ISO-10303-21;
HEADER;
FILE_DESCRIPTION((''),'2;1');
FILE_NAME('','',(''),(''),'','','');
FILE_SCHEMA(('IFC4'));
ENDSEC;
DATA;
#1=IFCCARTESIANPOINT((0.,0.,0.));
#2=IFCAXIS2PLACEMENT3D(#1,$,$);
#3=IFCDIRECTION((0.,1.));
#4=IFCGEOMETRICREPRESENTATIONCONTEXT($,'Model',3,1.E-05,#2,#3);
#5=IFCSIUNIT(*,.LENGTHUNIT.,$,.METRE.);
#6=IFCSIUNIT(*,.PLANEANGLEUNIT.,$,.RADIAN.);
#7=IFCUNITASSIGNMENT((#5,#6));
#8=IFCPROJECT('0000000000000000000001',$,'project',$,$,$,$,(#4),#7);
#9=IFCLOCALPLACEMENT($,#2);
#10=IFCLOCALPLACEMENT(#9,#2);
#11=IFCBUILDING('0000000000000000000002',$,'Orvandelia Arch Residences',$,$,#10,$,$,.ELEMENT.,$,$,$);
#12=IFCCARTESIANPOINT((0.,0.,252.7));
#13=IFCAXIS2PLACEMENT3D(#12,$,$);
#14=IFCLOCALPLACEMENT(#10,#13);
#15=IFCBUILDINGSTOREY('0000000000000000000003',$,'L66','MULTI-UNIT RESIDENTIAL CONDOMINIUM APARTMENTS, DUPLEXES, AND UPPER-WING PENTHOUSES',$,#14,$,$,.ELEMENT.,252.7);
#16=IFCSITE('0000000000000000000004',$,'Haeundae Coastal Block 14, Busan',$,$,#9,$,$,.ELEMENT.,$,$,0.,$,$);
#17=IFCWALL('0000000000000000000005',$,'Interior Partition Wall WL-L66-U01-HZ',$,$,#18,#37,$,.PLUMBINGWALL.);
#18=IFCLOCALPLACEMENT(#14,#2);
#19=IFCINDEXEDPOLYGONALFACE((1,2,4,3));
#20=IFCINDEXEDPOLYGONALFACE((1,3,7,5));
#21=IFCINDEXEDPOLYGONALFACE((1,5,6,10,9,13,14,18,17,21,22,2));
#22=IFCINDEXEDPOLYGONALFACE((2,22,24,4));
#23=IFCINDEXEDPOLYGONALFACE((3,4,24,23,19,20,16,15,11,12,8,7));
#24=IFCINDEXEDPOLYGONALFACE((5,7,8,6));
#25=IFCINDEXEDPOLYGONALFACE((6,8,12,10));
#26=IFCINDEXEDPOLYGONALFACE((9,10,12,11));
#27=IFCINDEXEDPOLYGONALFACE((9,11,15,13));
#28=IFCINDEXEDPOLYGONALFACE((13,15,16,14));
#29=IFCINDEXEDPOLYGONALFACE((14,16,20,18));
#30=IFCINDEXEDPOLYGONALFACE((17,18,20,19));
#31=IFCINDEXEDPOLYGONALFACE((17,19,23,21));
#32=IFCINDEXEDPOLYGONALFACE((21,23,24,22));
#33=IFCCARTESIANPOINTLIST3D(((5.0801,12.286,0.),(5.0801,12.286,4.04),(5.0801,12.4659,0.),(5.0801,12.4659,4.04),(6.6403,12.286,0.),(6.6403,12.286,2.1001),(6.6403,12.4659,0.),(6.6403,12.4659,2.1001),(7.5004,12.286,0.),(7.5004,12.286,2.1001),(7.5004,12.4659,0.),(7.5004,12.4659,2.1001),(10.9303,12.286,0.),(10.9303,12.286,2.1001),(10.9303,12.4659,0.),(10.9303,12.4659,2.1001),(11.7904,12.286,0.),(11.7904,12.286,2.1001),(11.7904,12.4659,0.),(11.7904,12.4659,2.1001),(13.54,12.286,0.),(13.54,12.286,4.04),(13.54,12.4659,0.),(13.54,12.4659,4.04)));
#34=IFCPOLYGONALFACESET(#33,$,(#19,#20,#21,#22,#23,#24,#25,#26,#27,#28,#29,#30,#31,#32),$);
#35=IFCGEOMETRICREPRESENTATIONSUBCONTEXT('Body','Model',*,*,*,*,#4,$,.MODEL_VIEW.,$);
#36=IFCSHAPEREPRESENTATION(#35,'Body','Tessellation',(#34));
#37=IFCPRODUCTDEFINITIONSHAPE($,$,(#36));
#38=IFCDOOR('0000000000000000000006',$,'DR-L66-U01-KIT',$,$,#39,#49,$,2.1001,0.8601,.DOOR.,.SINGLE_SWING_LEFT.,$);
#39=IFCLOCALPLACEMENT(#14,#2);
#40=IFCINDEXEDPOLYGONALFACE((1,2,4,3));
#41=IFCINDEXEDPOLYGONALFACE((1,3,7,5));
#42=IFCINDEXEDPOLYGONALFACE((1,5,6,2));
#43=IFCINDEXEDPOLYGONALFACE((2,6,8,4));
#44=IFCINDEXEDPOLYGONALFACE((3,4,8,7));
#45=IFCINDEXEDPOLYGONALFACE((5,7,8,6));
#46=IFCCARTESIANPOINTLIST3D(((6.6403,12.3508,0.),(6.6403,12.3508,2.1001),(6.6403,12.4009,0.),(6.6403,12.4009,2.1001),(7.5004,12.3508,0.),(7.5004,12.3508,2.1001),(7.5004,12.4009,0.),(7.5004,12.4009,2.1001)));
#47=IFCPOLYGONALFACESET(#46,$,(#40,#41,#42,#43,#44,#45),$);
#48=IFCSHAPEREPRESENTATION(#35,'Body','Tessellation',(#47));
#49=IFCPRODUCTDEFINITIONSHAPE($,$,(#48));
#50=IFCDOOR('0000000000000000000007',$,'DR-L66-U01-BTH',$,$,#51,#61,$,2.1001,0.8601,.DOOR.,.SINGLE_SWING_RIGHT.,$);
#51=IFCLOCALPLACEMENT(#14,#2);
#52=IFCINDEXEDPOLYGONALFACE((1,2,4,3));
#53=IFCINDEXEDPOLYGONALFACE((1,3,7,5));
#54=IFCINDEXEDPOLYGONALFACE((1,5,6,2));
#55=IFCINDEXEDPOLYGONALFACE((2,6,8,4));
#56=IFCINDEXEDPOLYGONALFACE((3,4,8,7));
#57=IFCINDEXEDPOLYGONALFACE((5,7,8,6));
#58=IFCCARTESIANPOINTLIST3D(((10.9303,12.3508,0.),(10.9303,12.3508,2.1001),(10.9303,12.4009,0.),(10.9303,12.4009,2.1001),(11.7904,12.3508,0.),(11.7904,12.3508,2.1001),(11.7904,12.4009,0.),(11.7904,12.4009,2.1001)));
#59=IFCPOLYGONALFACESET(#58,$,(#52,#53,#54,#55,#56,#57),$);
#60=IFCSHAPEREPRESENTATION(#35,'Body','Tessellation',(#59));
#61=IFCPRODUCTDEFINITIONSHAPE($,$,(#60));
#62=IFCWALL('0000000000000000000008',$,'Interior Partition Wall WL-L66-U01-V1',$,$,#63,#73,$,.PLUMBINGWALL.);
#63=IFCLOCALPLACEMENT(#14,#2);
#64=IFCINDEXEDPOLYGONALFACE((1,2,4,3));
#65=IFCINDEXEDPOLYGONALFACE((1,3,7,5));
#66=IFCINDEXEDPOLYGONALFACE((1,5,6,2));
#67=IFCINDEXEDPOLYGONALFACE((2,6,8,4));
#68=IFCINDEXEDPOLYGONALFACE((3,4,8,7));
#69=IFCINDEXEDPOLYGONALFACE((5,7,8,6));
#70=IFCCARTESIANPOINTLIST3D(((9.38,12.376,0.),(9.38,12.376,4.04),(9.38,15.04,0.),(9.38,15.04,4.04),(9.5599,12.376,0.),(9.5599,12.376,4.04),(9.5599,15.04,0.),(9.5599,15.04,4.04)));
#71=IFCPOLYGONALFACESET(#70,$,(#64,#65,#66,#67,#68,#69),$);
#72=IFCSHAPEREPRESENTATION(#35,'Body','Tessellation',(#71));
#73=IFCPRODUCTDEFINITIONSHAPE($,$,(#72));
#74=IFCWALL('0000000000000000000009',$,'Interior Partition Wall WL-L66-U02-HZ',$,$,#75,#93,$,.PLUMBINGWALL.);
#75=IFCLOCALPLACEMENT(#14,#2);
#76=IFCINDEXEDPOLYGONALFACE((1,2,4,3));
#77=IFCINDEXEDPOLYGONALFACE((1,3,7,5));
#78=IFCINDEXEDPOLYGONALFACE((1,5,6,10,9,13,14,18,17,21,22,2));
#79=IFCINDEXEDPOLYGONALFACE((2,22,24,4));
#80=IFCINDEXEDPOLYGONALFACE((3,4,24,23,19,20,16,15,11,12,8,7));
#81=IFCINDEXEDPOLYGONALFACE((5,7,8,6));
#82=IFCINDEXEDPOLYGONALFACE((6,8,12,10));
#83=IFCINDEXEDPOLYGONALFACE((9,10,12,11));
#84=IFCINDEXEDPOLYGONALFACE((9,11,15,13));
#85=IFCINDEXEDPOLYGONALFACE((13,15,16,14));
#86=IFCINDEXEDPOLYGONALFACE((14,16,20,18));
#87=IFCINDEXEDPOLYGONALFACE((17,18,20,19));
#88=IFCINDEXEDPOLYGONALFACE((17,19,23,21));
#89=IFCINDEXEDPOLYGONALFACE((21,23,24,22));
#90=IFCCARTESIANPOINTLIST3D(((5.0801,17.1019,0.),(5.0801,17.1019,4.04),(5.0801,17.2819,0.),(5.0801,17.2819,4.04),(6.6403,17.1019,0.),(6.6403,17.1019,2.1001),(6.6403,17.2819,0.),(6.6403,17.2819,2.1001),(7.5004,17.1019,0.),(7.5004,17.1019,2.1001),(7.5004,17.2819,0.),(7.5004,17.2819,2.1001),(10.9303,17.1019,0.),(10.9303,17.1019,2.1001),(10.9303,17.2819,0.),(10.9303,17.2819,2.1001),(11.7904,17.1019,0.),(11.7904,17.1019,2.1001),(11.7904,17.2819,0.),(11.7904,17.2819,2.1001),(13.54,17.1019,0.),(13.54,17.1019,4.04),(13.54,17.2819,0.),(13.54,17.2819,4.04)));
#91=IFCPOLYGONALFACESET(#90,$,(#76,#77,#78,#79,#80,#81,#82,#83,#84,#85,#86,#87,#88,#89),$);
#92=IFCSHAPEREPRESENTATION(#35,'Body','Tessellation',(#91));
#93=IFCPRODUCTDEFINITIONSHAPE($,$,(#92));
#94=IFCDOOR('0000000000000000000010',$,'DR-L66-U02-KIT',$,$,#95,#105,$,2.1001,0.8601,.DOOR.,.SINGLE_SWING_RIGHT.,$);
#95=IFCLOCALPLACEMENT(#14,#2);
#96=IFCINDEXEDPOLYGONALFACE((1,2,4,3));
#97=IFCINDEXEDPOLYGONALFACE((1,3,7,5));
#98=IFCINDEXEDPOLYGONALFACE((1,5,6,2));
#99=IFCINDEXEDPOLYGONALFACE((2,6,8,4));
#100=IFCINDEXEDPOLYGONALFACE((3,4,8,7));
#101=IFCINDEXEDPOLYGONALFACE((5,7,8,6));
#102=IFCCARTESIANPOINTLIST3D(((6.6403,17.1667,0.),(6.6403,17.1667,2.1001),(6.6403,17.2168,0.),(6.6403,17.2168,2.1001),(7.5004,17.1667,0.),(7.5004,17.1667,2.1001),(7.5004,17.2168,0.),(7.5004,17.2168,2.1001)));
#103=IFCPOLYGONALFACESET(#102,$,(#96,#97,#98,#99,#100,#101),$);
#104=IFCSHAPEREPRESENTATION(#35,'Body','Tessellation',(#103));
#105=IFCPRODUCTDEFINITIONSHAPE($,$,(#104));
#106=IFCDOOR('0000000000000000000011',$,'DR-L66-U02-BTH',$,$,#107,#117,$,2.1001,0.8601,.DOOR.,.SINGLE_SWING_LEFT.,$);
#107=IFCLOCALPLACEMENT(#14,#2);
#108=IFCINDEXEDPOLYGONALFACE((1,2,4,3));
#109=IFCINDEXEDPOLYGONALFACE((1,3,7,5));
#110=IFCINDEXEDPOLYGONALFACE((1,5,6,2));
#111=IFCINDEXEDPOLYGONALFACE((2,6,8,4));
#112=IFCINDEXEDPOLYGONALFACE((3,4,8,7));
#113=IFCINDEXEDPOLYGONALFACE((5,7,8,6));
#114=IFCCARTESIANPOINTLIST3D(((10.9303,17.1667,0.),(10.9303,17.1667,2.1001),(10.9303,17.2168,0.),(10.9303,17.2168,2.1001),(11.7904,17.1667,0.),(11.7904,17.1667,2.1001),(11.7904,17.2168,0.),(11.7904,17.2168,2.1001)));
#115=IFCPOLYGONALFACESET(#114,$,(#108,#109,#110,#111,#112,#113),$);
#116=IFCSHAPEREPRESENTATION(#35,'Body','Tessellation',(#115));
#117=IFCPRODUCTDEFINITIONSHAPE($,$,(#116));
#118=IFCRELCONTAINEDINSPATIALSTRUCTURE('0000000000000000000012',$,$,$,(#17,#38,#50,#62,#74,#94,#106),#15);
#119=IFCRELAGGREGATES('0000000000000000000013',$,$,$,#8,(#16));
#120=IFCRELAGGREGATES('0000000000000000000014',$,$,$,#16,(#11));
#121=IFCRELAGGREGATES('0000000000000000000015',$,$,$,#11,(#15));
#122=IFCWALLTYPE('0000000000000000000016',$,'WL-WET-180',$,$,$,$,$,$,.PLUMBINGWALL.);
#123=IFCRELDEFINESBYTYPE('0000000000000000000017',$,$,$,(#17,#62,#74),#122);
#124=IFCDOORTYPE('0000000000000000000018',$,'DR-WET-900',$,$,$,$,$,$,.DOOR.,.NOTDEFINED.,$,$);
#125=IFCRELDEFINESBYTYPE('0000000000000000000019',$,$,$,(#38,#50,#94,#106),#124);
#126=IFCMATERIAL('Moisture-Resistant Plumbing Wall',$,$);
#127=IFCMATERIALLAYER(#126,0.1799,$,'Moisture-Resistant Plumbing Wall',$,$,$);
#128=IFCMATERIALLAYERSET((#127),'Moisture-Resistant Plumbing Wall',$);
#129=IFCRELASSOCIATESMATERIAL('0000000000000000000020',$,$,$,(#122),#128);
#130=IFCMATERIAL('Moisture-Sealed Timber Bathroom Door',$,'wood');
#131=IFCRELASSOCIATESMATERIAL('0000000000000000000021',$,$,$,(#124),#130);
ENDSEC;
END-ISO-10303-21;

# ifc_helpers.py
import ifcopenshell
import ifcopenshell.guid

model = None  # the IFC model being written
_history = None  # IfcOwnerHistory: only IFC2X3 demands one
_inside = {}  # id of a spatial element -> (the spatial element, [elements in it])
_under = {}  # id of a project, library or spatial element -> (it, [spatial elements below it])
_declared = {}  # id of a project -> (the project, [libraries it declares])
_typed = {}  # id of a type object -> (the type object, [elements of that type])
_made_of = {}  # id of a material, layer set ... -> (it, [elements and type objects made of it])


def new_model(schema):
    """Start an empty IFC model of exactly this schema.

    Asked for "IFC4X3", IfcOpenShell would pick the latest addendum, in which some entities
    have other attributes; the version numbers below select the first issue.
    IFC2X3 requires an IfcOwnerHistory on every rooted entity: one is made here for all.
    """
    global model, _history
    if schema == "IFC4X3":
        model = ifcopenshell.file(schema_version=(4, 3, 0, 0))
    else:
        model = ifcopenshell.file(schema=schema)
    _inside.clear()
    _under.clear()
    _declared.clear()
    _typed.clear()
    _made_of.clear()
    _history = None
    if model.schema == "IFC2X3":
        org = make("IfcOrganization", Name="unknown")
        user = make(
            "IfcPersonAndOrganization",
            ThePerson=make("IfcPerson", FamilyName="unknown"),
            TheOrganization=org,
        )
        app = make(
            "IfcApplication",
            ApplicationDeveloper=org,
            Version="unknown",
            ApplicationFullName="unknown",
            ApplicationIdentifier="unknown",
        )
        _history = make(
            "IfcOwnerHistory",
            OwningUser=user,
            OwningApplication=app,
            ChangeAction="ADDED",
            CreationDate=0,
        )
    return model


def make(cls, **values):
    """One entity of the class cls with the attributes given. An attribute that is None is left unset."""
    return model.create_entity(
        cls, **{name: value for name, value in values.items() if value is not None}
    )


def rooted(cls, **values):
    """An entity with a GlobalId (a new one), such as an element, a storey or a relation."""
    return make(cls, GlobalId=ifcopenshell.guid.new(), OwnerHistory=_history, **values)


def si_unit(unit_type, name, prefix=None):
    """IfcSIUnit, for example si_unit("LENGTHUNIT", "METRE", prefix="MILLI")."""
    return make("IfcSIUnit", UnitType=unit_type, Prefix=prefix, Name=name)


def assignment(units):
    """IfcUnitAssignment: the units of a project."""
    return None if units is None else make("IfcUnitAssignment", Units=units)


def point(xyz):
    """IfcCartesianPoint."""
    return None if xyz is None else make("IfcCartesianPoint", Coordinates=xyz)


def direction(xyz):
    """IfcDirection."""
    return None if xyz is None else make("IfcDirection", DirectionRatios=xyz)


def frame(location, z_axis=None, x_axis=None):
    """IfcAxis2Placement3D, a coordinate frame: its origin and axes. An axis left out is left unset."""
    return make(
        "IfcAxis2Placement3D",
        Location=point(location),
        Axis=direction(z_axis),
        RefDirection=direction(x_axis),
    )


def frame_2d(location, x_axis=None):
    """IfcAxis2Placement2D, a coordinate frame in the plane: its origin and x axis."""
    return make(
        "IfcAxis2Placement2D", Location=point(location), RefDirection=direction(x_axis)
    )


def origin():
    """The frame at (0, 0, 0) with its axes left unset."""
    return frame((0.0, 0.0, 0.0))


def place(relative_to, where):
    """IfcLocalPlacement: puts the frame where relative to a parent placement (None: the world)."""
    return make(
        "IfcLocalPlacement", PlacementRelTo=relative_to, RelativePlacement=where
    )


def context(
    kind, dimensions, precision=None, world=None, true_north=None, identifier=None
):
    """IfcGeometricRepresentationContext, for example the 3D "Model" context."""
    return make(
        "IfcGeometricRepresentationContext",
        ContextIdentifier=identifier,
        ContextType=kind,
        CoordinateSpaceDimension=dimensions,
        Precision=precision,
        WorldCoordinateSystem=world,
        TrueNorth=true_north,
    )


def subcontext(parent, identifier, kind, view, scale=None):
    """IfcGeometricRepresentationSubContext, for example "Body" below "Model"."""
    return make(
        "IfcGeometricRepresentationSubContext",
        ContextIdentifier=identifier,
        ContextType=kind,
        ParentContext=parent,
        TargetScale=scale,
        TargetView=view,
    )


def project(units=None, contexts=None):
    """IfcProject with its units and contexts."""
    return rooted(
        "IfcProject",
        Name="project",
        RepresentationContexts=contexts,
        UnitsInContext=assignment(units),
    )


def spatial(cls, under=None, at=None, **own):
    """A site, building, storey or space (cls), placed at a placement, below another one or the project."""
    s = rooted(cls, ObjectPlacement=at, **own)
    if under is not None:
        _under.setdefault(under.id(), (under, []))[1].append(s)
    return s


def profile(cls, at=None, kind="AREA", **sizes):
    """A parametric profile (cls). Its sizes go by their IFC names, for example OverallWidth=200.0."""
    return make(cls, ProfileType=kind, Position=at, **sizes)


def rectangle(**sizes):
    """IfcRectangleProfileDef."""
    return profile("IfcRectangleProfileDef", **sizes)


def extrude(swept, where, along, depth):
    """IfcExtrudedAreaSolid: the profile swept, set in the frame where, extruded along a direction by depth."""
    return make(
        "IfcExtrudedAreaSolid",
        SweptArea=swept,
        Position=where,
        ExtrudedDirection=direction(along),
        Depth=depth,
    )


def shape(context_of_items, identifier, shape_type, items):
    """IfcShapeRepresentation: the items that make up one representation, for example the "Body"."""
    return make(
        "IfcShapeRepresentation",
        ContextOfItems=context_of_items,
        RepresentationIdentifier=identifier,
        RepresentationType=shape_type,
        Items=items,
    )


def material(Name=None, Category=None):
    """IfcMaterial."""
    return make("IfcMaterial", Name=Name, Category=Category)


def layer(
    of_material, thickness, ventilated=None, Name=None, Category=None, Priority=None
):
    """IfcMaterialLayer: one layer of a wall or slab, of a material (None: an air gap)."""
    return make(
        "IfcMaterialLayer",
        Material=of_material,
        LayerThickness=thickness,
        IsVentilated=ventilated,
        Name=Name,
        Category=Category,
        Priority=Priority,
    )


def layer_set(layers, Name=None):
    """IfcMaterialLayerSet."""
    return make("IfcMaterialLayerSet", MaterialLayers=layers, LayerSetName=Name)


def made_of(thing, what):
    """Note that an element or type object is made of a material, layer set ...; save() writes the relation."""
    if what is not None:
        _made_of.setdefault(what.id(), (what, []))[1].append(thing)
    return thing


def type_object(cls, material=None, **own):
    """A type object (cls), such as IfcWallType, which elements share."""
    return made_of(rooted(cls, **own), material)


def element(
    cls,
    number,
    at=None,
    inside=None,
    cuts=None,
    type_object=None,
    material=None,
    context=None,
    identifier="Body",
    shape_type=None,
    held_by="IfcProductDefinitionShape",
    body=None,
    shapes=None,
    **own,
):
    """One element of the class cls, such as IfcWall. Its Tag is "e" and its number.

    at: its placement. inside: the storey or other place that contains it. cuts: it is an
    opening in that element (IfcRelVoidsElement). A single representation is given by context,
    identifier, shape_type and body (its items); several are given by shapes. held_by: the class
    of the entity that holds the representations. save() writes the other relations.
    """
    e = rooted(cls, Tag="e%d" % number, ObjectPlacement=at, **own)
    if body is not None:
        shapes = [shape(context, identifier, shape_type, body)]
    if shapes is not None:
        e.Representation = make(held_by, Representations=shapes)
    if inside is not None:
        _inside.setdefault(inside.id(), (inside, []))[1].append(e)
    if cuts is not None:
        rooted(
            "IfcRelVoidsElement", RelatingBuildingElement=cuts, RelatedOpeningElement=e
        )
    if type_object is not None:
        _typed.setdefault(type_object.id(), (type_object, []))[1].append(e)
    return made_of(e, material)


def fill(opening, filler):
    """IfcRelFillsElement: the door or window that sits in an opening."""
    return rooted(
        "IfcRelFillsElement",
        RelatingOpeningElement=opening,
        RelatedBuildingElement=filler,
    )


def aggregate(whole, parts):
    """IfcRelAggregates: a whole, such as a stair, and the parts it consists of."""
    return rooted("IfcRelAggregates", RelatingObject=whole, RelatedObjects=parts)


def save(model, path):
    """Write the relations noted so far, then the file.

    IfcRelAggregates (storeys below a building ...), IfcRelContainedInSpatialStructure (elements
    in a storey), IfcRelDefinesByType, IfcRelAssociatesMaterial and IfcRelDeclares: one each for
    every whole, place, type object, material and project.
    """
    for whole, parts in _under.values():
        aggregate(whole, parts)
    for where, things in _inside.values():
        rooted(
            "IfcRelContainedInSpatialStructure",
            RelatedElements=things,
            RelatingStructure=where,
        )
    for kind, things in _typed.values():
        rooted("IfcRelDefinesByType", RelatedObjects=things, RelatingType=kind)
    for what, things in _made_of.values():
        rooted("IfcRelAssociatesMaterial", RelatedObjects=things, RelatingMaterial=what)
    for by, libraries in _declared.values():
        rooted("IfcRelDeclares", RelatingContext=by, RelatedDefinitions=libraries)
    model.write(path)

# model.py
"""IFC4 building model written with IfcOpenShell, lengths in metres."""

from ifc_helpers import new_model, si_unit, direction, frame, frame_2d, origin, place, context, subcontext, project, spatial, rectangle, extrude, material, layer, layer_set, type_object, element, fill, save


model = new_model("IFC4")

# Units and contexts
model_context = context("Model", 3, precision=1e-05, world=origin(), true_north=direction((0.0, 1.0)))
body_context = subcontext(model_context, "Body", "Model", "MODEL_VIEW")
ifc_project = project(units=[si_unit("LENGTHUNIT", "METRE"), si_unit("PLANEANGLEUNIT", "RADIAN")], contexts=[model_context])

# Site, building, storey
site_placement = place(None, origin())
site = spatial("IfcSite", under=ifc_project, at=site_placement, Name="Haeundae Coastal Block 14, Busan", CompositionType="ELEMENT", RefElevation=0.0)
building_placement = place(site_placement, origin())
building = spatial("IfcBuilding", under=site, at=building_placement, Name="Orvandelia Arch Residences", CompositionType="ELEMENT")
storey_placement = place(building_placement, frame((0.0, 0.0, 252.7)))
storey = spatial("IfcBuildingStorey", under=building, at=storey_placement, Name="L66", Description="MULTI-UNIT RESIDENTIAL CONDOMINIUM APARTMENTS, DUPLEXES, AND UPPER-WING PENTHOUSES", CompositionType="ELEMENT", Elevation=252.7)

# Wall, openings, doors
ifc_material_1 = material(Name="Moisture-Resistant Plumbing Wall")
ifc_layer_1 = layer(ifc_material_1, 0.1799, Name="Moisture-Resistant Plumbing Wall")
ifc_layer_set_1 = layer_set([ifc_layer_1], Name="Moisture-Resistant Plumbing Wall")
wall_type_1 = type_object("IfcWallType", Name="WL-WET-180", PredefinedType="PLUMBINGWALL", material=ifc_layer_set_1)
wall_1_placement = place(storey_placement, frame((5.0801, 12.376, 0.0), z_axis=(0.0, 0.0, 1.0), x_axis=(1.0, 0.0, 0.0)))
wall_1 = element("IfcWall", 1, at=wall_1_placement, inside=storey, type_object=wall_type_1, Name="Interior Partition Wall WL-L66-U01-HZ", PredefinedType="PLUMBINGWALL", context=body_context, shape_type="SweptSolid", body=[
    extrude(rectangle(XDim=8.46, YDim=0.1799, at=frame_2d((4.23, 0.0))), origin(), (0.0, 0.0, 1.0), 4.04),
])
opening_1_placement = place(wall_1_placement, frame((1.5601, 0.0, 0.0)))
opening_1 = element("IfcOpeningElement", 2, at=opening_1_placement, cuts=wall_1, PredefinedType="OPENING", context=body_context, shape_type="SweptSolid", body=[
    extrude(rectangle(XDim=0.8601, YDim=2.1001, at=frame_2d((0.4302, 1.05))), frame((0.0, 0.1001, 0.0), z_axis=(0.0, -1.0, 0.0), x_axis=(1.0, 0.0, 0.0)), (0.0, 0.0, 1.0), 0.2),
])
opening_2_placement = place(wall_1_placement, frame((5.8501, 0.0, 0.0)))
opening_2 = element("IfcOpeningElement", 3, at=opening_2_placement, cuts=wall_1, PredefinedType="OPENING", context=body_context, shape_type="SweptSolid", body=[
    extrude(rectangle(XDim=0.8601, YDim=2.1001, at=frame_2d((0.4302, 1.05))), frame((0.0, 0.1001, 0.0), z_axis=(0.0, -1.0, 0.0), x_axis=(1.0, 0.0, 0.0)), (0.0, 0.0, 1.0), 0.2),
])
ifc_material_2 = material(Name="Moisture-Sealed Timber Bathroom Door", Category="wood")
door_type_1 = type_object("IfcDoorType", Name="DR-WET-900", OperationType="NOTDEFINED", PredefinedType="DOOR", material=ifc_material_2)
door_1_placement = place(opening_1_placement, origin())
door_1 = element("IfcDoor", 4, at=door_1_placement, inside=storey, type_object=door_type_1, Name="DR-L66-U01-KIT", OperationType="SINGLE_SWING_LEFT", OverallHeight=2.1001, OverallWidth=0.8601, PredefinedType="DOOR", context=body_context, shape_type="SweptSolid", body=[
    extrude(rectangle(XDim=0.8601, YDim=2.1001, at=frame_2d((0.4302, 1.05))), frame((0.0, 0.0249, 0.0), z_axis=(0.0, -1.0, 0.0), x_axis=(1.0, 0.0, 0.0)), (0.0, 0.0, 1.0), 0.05),
])
fill(opening_1, door_1)
door_2_placement = place(opening_2_placement, origin())
door_2 = element("IfcDoor", 5, at=door_2_placement, inside=storey, type_object=door_type_1, Name="DR-L66-U01-BTH", OperationType="SINGLE_SWING_RIGHT", OverallHeight=2.1001, OverallWidth=0.8601, PredefinedType="DOOR", context=body_context, shape_type="SweptSolid", body=[
    extrude(rectangle(XDim=0.8601, YDim=2.1001, at=frame_2d((0.4302, 1.05))), frame((0.0, 0.0249, 0.0), z_axis=(0.0, -1.0, 0.0), x_axis=(1.0, 0.0, 0.0)), (0.0, 0.0, 1.0), 0.05),
])
fill(opening_2, door_2)

# Wall
wall_2_placement = place(storey_placement, frame((9.47, 12.376, 0.0), z_axis=(0.0, 0.0, 1.0), x_axis=(0.0, 1.0, 0.0)))
element("IfcWall", 6, at=wall_2_placement, inside=storey, type_object=wall_type_1, Name="Interior Partition Wall WL-L66-U01-V1", PredefinedType="PLUMBINGWALL", context=body_context, shape_type="SweptSolid", body=[
    extrude(rectangle(XDim=2.6641, YDim=0.1799, at=frame_2d((1.332, 0.0))), origin(), (0.0, 0.0, 1.0), 4.04),
])

# Wall, openings, doors
wall_3_placement = place(storey_placement, frame((5.0801, 17.1919, 0.0), z_axis=(0.0, 0.0, 1.0), x_axis=(1.0, 0.0, 0.0)))
wall_3 = element("IfcWall", 7, at=wall_3_placement, inside=storey, type_object=wall_type_1, Name="Interior Partition Wall WL-L66-U02-HZ", PredefinedType="PLUMBINGWALL", context=body_context, shape_type="SweptSolid", body=[
    extrude(rectangle(XDim=8.46, YDim=0.1799, at=frame_2d((4.23, 0.0))), origin(), (0.0, 0.0, 1.0), 4.04),
])
opening_3_placement = place(wall_3_placement, frame((1.5601, 0.0, 0.0)))
opening_3 = element("IfcOpeningElement", 8, at=opening_3_placement, cuts=wall_3, PredefinedType="OPENING", context=body_context, shape_type="SweptSolid", body=[
    extrude(rectangle(XDim=0.8601, YDim=2.1001, at=frame_2d((0.4302, 1.05))), frame((0.0, 0.1001, 0.0), z_axis=(0.0, -1.0, 0.0), x_axis=(1.0, 0.0, 0.0)), (0.0, 0.0, 1.0), 0.2),
])
opening_4_placement = place(wall_3_placement, frame((5.8501, 0.0, 0.0)))
opening_4 = element("IfcOpeningElement", 9, at=opening_4_placement, cuts=wall_3, PredefinedType="OPENING", context=body_context, shape_type="SweptSolid", body=[
    extrude(rectangle(XDim=0.8601, YDim=2.1001, at=frame_2d((0.4302, 1.05))), frame((0.0, 0.1001, 0.0), z_axis=(0.0, -1.0, 0.0), x_axis=(1.0, 0.0, 0.0)), (0.0, 0.0, 1.0), 0.2),
])
door_3_placement = place(opening_3_placement, origin())
door_3 = element("IfcDoor", 10, at=door_3_placement, inside=storey, type_object=door_type_1, Name="DR-L66-U02-KIT", OperationType="SINGLE_SWING_RIGHT", OverallHeight=2.1001, OverallWidth=0.8601, PredefinedType="DOOR", context=body_context, shape_type="SweptSolid", body=[
    extrude(rectangle(XDim=0.8601, YDim=2.1001, at=frame_2d((0.4302, 1.05))), frame((0.0, 0.0249, 0.0), z_axis=(0.0, -1.0, 0.0), x_axis=(1.0, 0.0, 0.0)), (0.0, 0.0, 1.0), 0.05),
])
fill(opening_3, door_3)
door_4_placement = place(opening_4_placement, origin())
door_4 = element("IfcDoor", 11, at=door_4_placement, inside=storey, type_object=door_type_1, Name="DR-L66-U02-BTH", OperationType="SINGLE_SWING_LEFT", OverallHeight=2.1001, OverallWidth=0.8601, PredefinedType="DOOR", context=body_context, shape_type="SweptSolid", body=[
    extrude(rectangle(XDim=0.8601, YDim=2.1001, at=frame_2d((0.4302, 1.05))), frame((0.0, 0.0249, 0.0), z_axis=(0.0, -1.0, 0.0), x_axis=(1.0, 0.0, 0.0)), (0.0, 0.0, 1.0), 0.05),
])
fill(opening_4, door_4)

save(model, "model.ifc")
